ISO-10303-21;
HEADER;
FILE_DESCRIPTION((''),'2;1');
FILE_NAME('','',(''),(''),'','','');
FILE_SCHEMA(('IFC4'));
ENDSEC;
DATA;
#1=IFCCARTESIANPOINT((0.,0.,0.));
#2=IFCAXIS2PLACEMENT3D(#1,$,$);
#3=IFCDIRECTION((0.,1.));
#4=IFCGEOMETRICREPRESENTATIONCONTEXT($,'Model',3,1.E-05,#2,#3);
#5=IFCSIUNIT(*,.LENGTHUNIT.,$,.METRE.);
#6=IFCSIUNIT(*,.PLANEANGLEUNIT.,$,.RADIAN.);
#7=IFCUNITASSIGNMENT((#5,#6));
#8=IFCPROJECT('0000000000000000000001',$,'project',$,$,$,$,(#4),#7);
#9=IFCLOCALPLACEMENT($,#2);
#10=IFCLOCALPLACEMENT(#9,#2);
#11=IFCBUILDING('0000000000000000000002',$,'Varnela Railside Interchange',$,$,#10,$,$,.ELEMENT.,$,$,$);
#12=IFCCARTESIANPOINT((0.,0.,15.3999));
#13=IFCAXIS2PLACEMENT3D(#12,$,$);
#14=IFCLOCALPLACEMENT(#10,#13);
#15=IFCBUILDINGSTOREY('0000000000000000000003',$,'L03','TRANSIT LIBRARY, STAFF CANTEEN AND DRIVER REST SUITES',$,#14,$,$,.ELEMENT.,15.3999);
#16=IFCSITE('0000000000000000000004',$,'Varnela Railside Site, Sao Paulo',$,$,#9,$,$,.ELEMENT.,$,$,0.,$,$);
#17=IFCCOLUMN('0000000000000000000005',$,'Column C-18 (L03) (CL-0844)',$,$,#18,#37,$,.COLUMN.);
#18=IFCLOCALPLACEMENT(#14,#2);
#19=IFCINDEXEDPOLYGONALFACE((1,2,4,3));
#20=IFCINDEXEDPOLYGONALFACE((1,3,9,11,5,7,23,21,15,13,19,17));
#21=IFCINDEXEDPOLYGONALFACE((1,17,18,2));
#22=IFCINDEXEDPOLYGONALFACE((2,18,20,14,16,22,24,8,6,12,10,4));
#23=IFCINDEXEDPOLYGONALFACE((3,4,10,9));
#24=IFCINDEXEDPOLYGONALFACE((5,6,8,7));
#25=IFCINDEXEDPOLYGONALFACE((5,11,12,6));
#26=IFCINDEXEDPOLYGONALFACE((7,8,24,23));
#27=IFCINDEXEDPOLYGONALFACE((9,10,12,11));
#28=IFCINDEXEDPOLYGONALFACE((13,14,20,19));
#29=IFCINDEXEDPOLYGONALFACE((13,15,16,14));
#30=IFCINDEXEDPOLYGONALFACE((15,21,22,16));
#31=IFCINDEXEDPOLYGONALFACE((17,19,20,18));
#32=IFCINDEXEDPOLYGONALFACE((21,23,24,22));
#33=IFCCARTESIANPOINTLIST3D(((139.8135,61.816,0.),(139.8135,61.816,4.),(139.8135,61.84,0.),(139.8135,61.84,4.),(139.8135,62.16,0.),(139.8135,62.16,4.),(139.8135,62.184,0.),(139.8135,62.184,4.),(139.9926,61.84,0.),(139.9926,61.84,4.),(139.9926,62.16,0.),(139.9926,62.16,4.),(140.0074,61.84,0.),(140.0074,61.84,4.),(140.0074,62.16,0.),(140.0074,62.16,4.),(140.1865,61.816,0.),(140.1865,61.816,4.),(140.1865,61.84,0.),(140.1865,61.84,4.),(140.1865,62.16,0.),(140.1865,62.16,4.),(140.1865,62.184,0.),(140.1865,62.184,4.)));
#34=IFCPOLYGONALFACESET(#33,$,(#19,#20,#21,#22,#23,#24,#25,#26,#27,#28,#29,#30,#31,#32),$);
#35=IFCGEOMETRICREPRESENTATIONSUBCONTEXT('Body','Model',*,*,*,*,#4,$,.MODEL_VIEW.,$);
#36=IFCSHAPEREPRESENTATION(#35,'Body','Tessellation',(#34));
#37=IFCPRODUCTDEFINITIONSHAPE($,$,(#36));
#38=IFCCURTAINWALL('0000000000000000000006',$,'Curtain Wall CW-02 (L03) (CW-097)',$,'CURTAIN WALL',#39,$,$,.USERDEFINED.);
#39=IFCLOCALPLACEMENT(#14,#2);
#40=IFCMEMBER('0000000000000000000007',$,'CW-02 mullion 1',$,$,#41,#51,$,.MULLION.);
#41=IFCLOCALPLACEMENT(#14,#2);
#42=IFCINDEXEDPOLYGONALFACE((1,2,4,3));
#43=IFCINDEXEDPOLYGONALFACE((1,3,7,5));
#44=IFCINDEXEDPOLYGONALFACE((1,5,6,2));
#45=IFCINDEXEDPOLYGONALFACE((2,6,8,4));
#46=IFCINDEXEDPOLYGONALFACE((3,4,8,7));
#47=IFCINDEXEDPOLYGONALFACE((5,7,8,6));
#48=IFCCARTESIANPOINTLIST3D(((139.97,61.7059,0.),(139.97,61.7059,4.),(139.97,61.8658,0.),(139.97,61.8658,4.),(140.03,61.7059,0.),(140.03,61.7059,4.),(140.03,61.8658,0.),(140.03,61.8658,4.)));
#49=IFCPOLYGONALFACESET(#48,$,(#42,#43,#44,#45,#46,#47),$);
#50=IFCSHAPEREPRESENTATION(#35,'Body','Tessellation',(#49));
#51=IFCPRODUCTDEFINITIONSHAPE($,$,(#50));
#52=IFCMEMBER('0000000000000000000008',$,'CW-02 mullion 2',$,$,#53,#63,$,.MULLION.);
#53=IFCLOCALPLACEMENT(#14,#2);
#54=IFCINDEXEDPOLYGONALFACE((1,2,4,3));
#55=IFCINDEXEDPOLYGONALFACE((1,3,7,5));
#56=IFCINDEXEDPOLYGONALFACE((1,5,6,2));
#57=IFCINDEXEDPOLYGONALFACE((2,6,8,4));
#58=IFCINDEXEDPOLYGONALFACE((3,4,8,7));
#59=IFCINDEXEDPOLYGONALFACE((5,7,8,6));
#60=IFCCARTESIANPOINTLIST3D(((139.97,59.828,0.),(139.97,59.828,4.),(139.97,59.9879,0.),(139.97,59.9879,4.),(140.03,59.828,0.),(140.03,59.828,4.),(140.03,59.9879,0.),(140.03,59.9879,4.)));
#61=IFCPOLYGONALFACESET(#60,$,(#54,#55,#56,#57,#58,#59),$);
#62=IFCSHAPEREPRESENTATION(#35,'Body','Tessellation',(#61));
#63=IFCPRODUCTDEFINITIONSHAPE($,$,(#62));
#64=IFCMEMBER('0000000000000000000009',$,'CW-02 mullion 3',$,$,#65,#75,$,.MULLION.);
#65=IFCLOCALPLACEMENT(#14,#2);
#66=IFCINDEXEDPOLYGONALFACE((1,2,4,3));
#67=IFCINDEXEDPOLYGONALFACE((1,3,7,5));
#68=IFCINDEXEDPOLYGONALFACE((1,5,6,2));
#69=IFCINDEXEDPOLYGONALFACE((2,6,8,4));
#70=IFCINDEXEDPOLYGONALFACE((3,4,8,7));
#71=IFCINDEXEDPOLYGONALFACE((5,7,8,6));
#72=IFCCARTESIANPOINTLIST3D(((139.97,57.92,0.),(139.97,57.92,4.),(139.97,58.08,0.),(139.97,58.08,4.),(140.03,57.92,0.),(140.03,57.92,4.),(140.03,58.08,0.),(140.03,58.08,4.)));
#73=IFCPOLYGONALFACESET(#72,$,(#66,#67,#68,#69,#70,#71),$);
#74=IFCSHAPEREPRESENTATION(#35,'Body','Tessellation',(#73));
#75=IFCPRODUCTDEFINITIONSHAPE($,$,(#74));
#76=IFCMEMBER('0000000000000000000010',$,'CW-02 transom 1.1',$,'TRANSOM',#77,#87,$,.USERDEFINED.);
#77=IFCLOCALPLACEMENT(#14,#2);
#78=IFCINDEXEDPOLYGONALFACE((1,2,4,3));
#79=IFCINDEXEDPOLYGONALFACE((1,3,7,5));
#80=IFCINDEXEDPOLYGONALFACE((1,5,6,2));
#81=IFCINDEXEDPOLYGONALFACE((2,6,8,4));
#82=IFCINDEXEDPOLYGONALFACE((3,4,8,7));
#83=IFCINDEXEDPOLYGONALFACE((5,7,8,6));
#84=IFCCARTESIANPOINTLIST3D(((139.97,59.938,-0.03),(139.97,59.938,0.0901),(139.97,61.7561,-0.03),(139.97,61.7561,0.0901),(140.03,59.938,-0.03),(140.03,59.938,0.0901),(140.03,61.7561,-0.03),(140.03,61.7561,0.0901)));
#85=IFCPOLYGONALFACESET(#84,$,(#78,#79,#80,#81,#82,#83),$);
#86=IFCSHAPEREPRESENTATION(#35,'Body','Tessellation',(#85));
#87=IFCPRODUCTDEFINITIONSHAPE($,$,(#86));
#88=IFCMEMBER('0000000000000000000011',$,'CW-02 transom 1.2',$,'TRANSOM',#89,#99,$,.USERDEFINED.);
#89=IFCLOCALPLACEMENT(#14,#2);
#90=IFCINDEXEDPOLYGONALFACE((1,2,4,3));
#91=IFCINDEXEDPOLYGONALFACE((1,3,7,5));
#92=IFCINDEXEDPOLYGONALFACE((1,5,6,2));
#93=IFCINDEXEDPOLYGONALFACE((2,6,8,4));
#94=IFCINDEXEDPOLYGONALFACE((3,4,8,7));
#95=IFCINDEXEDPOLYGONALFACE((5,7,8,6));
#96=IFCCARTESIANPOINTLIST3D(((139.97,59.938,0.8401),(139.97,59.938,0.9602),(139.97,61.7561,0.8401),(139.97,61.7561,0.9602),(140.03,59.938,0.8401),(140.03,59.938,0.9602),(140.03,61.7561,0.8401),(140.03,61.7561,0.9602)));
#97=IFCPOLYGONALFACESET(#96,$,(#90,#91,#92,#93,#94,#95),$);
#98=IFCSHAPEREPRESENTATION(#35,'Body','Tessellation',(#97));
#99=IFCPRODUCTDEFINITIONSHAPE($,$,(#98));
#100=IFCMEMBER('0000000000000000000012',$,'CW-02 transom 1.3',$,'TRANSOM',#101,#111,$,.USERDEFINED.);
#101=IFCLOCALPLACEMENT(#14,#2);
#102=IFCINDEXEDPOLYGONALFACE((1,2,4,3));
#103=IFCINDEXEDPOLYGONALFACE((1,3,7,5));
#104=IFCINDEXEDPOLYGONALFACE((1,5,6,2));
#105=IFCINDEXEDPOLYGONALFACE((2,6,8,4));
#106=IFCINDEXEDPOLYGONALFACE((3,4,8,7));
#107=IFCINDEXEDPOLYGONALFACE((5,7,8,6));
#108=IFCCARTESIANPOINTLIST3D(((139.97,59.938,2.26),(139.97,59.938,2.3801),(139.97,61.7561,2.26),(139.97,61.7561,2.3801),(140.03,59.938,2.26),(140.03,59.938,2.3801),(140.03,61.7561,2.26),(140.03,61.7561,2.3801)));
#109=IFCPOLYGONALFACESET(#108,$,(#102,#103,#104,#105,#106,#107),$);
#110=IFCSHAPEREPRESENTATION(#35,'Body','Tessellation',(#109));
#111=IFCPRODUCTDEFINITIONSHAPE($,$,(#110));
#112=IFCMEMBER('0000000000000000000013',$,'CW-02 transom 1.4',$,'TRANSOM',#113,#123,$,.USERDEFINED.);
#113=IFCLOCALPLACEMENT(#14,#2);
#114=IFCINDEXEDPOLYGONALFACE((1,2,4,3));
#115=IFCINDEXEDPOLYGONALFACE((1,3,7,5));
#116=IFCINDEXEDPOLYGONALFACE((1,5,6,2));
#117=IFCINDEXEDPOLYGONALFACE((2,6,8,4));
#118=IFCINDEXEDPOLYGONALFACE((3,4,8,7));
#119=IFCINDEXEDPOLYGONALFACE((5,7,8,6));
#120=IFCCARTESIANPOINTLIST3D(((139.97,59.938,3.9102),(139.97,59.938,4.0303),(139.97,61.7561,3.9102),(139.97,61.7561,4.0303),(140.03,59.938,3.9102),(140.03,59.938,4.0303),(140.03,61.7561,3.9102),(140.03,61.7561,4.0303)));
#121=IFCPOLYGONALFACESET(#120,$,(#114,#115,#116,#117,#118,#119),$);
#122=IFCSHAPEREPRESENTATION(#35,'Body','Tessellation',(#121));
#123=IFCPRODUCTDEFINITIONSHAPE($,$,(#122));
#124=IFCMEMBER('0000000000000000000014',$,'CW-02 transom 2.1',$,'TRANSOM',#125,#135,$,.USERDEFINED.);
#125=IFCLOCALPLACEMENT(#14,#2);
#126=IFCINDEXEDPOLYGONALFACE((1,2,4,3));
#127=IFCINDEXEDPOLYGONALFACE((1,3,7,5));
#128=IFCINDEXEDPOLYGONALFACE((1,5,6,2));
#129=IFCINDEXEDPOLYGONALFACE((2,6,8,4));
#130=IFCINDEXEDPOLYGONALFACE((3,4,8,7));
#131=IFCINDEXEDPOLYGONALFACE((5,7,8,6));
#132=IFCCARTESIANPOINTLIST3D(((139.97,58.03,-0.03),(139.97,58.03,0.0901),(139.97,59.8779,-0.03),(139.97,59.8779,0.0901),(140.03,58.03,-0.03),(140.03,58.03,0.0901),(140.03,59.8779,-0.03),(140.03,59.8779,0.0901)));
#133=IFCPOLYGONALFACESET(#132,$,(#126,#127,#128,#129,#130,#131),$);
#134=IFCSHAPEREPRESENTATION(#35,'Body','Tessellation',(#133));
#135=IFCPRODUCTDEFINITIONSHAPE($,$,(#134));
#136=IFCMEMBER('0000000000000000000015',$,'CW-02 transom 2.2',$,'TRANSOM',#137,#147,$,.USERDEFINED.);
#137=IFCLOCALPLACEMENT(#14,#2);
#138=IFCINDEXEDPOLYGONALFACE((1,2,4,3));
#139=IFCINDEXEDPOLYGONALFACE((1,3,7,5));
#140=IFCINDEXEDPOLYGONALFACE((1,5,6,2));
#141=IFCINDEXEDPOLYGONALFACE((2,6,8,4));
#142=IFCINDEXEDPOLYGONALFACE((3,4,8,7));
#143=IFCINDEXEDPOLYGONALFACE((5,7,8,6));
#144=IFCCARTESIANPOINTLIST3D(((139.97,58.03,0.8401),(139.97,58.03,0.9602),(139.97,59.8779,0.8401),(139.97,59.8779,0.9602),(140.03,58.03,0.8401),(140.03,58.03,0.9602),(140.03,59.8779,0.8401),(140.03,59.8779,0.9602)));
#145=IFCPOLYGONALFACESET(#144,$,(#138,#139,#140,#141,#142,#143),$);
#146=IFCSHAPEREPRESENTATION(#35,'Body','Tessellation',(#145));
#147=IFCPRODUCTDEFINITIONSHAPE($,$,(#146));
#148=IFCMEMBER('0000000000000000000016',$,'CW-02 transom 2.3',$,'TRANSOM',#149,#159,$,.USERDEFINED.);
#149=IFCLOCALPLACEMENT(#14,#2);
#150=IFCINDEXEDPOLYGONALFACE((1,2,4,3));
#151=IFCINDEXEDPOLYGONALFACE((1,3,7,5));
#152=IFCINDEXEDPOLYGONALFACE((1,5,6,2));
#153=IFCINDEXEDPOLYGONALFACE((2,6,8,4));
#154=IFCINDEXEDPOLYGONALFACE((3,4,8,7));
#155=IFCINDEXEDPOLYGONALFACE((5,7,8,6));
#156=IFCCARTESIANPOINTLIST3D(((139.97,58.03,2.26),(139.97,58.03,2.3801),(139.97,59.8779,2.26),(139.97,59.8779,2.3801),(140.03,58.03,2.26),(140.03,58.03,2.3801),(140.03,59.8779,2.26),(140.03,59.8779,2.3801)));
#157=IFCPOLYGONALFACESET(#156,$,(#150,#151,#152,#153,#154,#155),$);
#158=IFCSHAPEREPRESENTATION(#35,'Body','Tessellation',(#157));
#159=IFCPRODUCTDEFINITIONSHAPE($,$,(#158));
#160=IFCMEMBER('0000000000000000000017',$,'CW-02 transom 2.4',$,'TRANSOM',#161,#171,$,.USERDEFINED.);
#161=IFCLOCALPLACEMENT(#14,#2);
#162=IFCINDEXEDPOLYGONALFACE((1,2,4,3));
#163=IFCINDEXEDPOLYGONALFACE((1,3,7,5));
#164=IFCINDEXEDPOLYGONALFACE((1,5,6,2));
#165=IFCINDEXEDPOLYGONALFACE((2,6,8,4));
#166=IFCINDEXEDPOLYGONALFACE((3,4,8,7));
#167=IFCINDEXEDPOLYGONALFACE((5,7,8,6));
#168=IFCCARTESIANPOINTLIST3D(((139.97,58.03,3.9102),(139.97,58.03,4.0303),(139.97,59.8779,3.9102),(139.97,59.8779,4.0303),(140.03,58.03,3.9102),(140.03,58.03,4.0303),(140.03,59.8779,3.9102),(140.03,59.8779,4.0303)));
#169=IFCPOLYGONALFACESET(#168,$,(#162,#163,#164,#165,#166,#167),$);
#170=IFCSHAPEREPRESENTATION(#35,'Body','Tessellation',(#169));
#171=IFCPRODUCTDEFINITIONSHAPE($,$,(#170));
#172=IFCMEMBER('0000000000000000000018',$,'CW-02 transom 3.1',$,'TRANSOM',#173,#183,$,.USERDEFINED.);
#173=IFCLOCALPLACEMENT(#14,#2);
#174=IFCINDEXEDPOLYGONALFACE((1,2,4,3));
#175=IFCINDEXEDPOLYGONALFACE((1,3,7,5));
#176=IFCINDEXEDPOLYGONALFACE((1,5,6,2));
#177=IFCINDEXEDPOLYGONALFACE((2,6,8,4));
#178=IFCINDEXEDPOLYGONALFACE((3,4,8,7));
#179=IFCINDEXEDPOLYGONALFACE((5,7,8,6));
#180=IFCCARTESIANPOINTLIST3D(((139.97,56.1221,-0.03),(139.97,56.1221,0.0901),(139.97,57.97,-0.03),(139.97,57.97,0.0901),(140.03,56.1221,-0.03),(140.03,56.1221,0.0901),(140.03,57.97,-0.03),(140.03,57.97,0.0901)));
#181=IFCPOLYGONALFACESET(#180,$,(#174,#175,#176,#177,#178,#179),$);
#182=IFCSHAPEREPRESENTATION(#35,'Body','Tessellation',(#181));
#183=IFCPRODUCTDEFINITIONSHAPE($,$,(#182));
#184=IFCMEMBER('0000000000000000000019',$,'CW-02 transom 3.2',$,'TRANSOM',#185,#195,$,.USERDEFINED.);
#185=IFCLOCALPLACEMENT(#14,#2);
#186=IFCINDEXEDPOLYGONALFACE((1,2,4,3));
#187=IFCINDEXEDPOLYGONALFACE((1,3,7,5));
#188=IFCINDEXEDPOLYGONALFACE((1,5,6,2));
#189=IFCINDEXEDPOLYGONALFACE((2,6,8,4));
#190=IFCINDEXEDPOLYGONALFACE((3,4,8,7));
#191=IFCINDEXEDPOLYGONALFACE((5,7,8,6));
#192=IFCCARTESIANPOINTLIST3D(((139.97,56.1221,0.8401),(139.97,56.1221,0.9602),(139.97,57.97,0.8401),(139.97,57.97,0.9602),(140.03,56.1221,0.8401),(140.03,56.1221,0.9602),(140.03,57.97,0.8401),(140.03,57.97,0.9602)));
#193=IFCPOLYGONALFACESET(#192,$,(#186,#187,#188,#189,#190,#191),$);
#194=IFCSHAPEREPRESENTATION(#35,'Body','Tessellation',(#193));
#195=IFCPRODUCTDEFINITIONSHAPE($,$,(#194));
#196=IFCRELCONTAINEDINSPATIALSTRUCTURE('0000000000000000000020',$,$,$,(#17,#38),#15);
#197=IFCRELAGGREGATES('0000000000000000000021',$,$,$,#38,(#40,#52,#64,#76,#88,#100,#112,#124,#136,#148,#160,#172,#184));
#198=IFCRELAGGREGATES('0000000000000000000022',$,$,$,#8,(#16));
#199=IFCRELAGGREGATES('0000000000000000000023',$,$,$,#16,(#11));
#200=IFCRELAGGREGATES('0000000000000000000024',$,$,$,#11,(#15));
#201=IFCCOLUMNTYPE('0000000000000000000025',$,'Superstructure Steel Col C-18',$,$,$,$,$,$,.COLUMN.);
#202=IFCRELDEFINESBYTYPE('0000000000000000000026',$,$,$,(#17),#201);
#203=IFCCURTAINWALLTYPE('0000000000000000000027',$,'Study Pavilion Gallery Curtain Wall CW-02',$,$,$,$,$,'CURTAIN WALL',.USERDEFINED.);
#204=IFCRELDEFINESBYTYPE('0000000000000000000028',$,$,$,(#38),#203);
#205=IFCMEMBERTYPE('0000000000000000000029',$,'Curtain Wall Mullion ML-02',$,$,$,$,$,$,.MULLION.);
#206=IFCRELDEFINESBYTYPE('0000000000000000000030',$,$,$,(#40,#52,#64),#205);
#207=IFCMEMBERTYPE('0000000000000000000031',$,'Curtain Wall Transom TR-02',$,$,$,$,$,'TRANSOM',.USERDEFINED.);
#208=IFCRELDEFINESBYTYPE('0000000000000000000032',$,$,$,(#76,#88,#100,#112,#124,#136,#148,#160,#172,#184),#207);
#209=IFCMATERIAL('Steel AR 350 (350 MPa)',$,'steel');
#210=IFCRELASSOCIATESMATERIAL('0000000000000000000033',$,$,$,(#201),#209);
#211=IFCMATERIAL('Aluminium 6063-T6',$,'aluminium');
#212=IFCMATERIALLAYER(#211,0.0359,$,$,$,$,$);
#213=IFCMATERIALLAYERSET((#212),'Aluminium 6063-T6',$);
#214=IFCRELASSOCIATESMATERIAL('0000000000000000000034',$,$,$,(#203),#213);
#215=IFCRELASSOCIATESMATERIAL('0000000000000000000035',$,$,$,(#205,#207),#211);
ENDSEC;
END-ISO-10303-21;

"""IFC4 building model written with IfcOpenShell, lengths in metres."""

from ifc_helpers import new_model, si_unit, direction, frame, origin, origin_2d, place, context, subcontext, project, spatial, rectangle, i_section, extrude, material, layer, layer_set, material_profile, profile_set, type_object, element, aggregate, save


model = new_model("IFC4")

# Units and contexts
model_context = context("Model", 3, precision=1e-05, world=origin(), true_north=direction((0.0, 1.0)))
body_context = subcontext(model_context, "Body", "Model", "MODEL_VIEW")
ifc_project = project(units=[si_unit("LENGTHUNIT", "METRE"), si_unit("PLANEANGLEUNIT", "RADIAN")], contexts=[model_context])

# Site, building, storey
site_placement = place(None, origin())
site = spatial("IfcSite", under=ifc_project, at=site_placement, Name="Varnela Railside Site, Sao Paulo", CompositionType="ELEMENT", RefElevation=0.0)
building_placement = place(site_placement, origin())
building = spatial("IfcBuilding", under=site, at=building_placement, Name="Varnela Railside Interchange", CompositionType="ELEMENT")
storey_placement = place(building_placement, frame((0.0, 0.0, 15.3999)))
storey = spatial("IfcBuildingStorey", under=building, at=storey_placement, Name="L03", Description="TRANSIT LIBRARY, STAFF CANTEEN AND DRIVER REST SUITES", CompositionType="ELEMENT", Elevation=15.3999)

# Column
ifc_material_1 = material(Name="Steel AR 350 (350 MPa)", Category="steel")
ifc_material_profile_1 = material_profile(ifc_material_1, i_section(OverallWidth=0.373, OverallDepth=0.3679, WebThickness=0.0149, FlangeThickness=0.0239, at=origin_2d()), Name="W360x179")
ifc_profile_set_1 = profile_set([ifc_material_profile_1], Name="Steel AR 350 (350 MPa)")
column_type = type_object("IfcColumnType", Name="Superstructure Steel Col C-18", PredefinedType="COLUMN", material=ifc_profile_set_1)
column_placement = place(storey_placement, frame((140.0, 62.0, 0.0), z_axis=(0.0, 0.0, 1.0), x_axis=(1.0, 0.0, 0.0)))
element("IfcColumn", 1, at=column_placement, inside=storey, type_object=column_type, Name="Column C-18 (L03) (CL-0844)", PredefinedType="COLUMN", context=body_context, shape_type="SweptSolid", body=[
    extrude(i_section(OverallWidth=0.373, OverallDepth=0.3679, WebThickness=0.0149, FlangeThickness=0.0239, at=origin_2d()), origin(), (0.0, 0.0, 1.0), 4.0),
])

# Curtain wall, members
ifc_material_2 = material(Name="Aluminium 6063-T6", Category="aluminium")
ifc_layer_1 = layer(ifc_material_2, 0.0359)
ifc_layer_set_1 = layer_set([ifc_layer_1], Name="Aluminium 6063-T6")
curtain_wall_type = type_object("IfcCurtainWallType", Name="Study Pavilion Gallery Curtain Wall CW-02", ElementType="CURTAIN WALL", PredefinedType="USERDEFINED", material=ifc_layer_set_1)
curtain_wall_placement = place(storey_placement, origin())
curtain_wall = element("IfcCurtainWall", 2, at=curtain_wall_placement, inside=storey, type_object=curtain_wall_type, Name="Curtain Wall CW-02 (L03) (CW-097)", ObjectType="CURTAIN WALL", PredefinedType="USERDEFINED")
ifc_material_profile_2 = material_profile(ifc_material_2, rectangle(XDim=0.0601, YDim=0.1599, at=origin_2d()), Name="ALU 60x160")
ifc_profile_set_2 = profile_set([ifc_material_profile_2], Name="Aluminium 6063-T6")
member_type_1 = type_object("IfcMemberType", Name="Curtain Wall Mullion ML-02", PredefinedType="MULLION", material=ifc_profile_set_2)
member_1_placement = place(storey_placement, frame((140.0, 61.7859, 0.0), z_axis=(0.0, 0.0, 1.0), x_axis=(1.0, 0.0, 0.0)))
member_1 = element("IfcMember", 3, at=member_1_placement, type_object=member_type_1, Name="CW-02 mullion 1", PredefinedType="MULLION", context=body_context, shape_type="SweptSolid", body=[
    extrude(rectangle(XDim=0.0601, YDim=0.1599, at=origin_2d()), origin(), (0.0, 0.0, 1.0), 4.0),
])
member_2_placement = place(storey_placement, frame((140.0, 59.908, 0.0), z_axis=(0.0, 0.0, 1.0), x_axis=(1.0, 0.0, 0.0)))
member_2 = element("IfcMember", 4, at=member_2_placement, type_object=member_type_1, Name="CW-02 mullion 2", PredefinedType="MULLION", context=body_context, shape_type="SweptSolid", body=[
    extrude(rectangle(XDim=0.0601, YDim=0.1599, at=origin_2d()), origin(), (0.0, 0.0, 1.0), 4.0),
])
member_3_placement = place(storey_placement, frame((140.0, 58.0, 0.0), z_axis=(0.0, 0.0, 1.0), x_axis=(1.0, 0.0, 0.0)))
member_3 = element("IfcMember", 5, at=member_3_placement, type_object=member_type_1, Name="CW-02 mullion 3", PredefinedType="MULLION", context=body_context, shape_type="SweptSolid", body=[
    extrude(rectangle(XDim=0.0601, YDim=0.1599, at=origin_2d()), origin(), (0.0, 0.0, 1.0), 4.0),
])
ifc_material_profile_3 = material_profile(ifc_material_2, rectangle(XDim=0.0601, YDim=0.1201, at=origin_2d()), Name="ALU 60x120")
ifc_profile_set_3 = profile_set([ifc_material_profile_3], Name="Aluminium 6063-T6")
member_type_2 = type_object("IfcMemberType", Name="Curtain Wall Transom TR-02", ElementType="TRANSOM", PredefinedType="USERDEFINED", material=ifc_profile_set_3)
member_4_placement = place(storey_placement, frame((140.0, 61.7561, 0.03), z_axis=(0.0, -1.0, 0.0), x_axis=(1.0, 0.0, 0.0)))
member_4 = element("IfcMember", 6, at=member_4_placement, type_object=member_type_2, Name="CW-02 transom 1.1", ObjectType="TRANSOM", PredefinedType="USERDEFINED", context=body_context, shape_type="SweptSolid", body=[
    extrude(rectangle(XDim=0.0601, YDim=0.1201, at=origin_2d()), origin(), (0.0, 0.0, 1.0), 1.8181),
])
member_5_placement = place(storey_placement, frame((140.0, 61.7561, 0.9001), z_axis=(0.0, -1.0, 0.0), x_axis=(1.0, 0.0, 0.0)))
member_5 = element("IfcMember", 7, at=member_5_placement, type_object=member_type_2, Name="CW-02 transom 1.2", ObjectType="TRANSOM", PredefinedType="USERDEFINED", context=body_context, shape_type="SweptSolid", body=[
    extrude(rectangle(XDim=0.0601, YDim=0.1201, at=origin_2d()), origin(), (0.0, 0.0, 1.0), 1.8181),
])
member_6_placement = place(storey_placement, frame((140.0, 61.7561, 2.3201), z_axis=(0.0, -1.0, 0.0), x_axis=(1.0, 0.0, 0.0)))
member_6 = element("IfcMember", 8, at=member_6_placement, type_object=member_type_2, Name="CW-02 transom 1.3", ObjectType="TRANSOM", PredefinedType="USERDEFINED", context=body_context, shape_type="SweptSolid", body=[
    extrude(rectangle(XDim=0.0601, YDim=0.1201, at=origin_2d()), origin(), (0.0, 0.0, 1.0), 1.8181),
])
member_7_placement = place(storey_placement, frame((140.0, 61.7561, 3.9702), z_axis=(0.0, -1.0, 0.0), x_axis=(1.0, 0.0, 0.0)))
member_7 = element("IfcMember", 9, at=member_7_placement, type_object=member_type_2, Name="CW-02 transom 1.4", ObjectType="TRANSOM", PredefinedType="USERDEFINED", context=body_context, shape_type="SweptSolid", body=[
    extrude(rectangle(XDim=0.0601, YDim=0.1201, at=origin_2d()), origin(), (0.0, 0.0, 1.0), 1.8181),
])
member_8_placement = place(storey_placement, frame((140.0, 59.8779, 0.03), z_axis=(0.0, -1.0, 0.0), x_axis=(1.0, 0.0, 0.0)))
member_8 = element("IfcMember", 10, at=member_8_placement, type_object=member_type_2, Name="CW-02 transom 2.1", ObjectType="TRANSOM", PredefinedType="USERDEFINED", context=body_context, shape_type="SweptSolid", body=[
    extrude(rectangle(XDim=0.0601, YDim=0.1201, at=origin_2d()), origin(), (0.0, 0.0, 1.0), 1.8479),
])
member_9_placement = place(storey_placement, frame((140.0, 59.8779, 0.9001), z_axis=(0.0, -1.0, 0.0), x_axis=(1.0, 0.0, 0.0)))
member_9 = element("IfcMember", 11, at=member_9_placement, type_object=member_type_2, Name="CW-02 transom 2.2", ObjectType="TRANSOM", PredefinedType="USERDEFINED", context=body_context, shape_type="SweptSolid", body=[
    extrude(rectangle(XDim=0.0601, YDim=0.1201, at=origin_2d()), origin(), (0.0, 0.0, 1.0), 1.8479),
])
member_10_placement = place(storey_placement, frame((140.0, 59.8779, 2.3201), z_axis=(0.0, -1.0, 0.0), x_axis=(1.0, 0.0, 0.0)))
member_10 = element("IfcMember", 12, at=member_10_placement, type_object=member_type_2, Name="CW-02 transom 2.3", ObjectType="TRANSOM", PredefinedType="USERDEFINED", context=body_context, shape_type="SweptSolid", body=[
    extrude(rectangle(XDim=0.0601, YDim=0.1201, at=origin_2d()), origin(), (0.0, 0.0, 1.0), 1.8479),
])
member_11_placement = place(storey_placement, frame((140.0, 59.8779, 3.9702), z_axis=(0.0, -1.0, 0.0), x_axis=(1.0, 0.0, 0.0)))
member_11 = element("IfcMember", 13, at=member_11_placement, type_object=member_type_2, Name="CW-02 transom 2.4", ObjectType="TRANSOM", PredefinedType="USERDEFINED", context=body_context, shape_type="SweptSolid", body=[
    extrude(rectangle(XDim=0.0601, YDim=0.1201, at=origin_2d()), origin(), (0.0, 0.0, 1.0), 1.8479),
])
member_12_placement = place(storey_placement, frame((140.0, 57.97, 0.03), z_axis=(0.0, -1.0, 0.0), x_axis=(1.0, 0.0, 0.0)))
member_12 = element("IfcMember", 14, at=member_12_placement, type_object=member_type_2, Name="CW-02 transom 3.1", ObjectType="TRANSOM", PredefinedType="USERDEFINED", context=body_context, shape_type="SweptSolid", body=[
    extrude(rectangle(XDim=0.0601, YDim=0.1201, at=origin_2d()), origin(), (0.0, 0.0, 1.0), 1.8479),
])
member_13_placement = place(storey_placement, frame((140.0, 57.97, 0.9001), z_axis=(0.0, -1.0, 0.0), x_axis=(1.0, 0.0, 0.0)))
member_13 = element("IfcMember", 15, at=member_13_placement, type_object=member_type_2, Name="CW-02 transom 3.2", ObjectType="TRANSOM", PredefinedType="USERDEFINED", context=body_context, shape_type="SweptSolid", body=[
    extrude(rectangle(XDim=0.0601, YDim=0.1201, at=origin_2d()), origin(), (0.0, 0.0, 1.0), 1.8479),
])
aggregate(curtain_wall, [member_1, member_2, member_3, member_4, member_5, member_6, member_7, member_8, member_9, member_10, member_11, member_12, member_13])

save(model, "model.ifc")
